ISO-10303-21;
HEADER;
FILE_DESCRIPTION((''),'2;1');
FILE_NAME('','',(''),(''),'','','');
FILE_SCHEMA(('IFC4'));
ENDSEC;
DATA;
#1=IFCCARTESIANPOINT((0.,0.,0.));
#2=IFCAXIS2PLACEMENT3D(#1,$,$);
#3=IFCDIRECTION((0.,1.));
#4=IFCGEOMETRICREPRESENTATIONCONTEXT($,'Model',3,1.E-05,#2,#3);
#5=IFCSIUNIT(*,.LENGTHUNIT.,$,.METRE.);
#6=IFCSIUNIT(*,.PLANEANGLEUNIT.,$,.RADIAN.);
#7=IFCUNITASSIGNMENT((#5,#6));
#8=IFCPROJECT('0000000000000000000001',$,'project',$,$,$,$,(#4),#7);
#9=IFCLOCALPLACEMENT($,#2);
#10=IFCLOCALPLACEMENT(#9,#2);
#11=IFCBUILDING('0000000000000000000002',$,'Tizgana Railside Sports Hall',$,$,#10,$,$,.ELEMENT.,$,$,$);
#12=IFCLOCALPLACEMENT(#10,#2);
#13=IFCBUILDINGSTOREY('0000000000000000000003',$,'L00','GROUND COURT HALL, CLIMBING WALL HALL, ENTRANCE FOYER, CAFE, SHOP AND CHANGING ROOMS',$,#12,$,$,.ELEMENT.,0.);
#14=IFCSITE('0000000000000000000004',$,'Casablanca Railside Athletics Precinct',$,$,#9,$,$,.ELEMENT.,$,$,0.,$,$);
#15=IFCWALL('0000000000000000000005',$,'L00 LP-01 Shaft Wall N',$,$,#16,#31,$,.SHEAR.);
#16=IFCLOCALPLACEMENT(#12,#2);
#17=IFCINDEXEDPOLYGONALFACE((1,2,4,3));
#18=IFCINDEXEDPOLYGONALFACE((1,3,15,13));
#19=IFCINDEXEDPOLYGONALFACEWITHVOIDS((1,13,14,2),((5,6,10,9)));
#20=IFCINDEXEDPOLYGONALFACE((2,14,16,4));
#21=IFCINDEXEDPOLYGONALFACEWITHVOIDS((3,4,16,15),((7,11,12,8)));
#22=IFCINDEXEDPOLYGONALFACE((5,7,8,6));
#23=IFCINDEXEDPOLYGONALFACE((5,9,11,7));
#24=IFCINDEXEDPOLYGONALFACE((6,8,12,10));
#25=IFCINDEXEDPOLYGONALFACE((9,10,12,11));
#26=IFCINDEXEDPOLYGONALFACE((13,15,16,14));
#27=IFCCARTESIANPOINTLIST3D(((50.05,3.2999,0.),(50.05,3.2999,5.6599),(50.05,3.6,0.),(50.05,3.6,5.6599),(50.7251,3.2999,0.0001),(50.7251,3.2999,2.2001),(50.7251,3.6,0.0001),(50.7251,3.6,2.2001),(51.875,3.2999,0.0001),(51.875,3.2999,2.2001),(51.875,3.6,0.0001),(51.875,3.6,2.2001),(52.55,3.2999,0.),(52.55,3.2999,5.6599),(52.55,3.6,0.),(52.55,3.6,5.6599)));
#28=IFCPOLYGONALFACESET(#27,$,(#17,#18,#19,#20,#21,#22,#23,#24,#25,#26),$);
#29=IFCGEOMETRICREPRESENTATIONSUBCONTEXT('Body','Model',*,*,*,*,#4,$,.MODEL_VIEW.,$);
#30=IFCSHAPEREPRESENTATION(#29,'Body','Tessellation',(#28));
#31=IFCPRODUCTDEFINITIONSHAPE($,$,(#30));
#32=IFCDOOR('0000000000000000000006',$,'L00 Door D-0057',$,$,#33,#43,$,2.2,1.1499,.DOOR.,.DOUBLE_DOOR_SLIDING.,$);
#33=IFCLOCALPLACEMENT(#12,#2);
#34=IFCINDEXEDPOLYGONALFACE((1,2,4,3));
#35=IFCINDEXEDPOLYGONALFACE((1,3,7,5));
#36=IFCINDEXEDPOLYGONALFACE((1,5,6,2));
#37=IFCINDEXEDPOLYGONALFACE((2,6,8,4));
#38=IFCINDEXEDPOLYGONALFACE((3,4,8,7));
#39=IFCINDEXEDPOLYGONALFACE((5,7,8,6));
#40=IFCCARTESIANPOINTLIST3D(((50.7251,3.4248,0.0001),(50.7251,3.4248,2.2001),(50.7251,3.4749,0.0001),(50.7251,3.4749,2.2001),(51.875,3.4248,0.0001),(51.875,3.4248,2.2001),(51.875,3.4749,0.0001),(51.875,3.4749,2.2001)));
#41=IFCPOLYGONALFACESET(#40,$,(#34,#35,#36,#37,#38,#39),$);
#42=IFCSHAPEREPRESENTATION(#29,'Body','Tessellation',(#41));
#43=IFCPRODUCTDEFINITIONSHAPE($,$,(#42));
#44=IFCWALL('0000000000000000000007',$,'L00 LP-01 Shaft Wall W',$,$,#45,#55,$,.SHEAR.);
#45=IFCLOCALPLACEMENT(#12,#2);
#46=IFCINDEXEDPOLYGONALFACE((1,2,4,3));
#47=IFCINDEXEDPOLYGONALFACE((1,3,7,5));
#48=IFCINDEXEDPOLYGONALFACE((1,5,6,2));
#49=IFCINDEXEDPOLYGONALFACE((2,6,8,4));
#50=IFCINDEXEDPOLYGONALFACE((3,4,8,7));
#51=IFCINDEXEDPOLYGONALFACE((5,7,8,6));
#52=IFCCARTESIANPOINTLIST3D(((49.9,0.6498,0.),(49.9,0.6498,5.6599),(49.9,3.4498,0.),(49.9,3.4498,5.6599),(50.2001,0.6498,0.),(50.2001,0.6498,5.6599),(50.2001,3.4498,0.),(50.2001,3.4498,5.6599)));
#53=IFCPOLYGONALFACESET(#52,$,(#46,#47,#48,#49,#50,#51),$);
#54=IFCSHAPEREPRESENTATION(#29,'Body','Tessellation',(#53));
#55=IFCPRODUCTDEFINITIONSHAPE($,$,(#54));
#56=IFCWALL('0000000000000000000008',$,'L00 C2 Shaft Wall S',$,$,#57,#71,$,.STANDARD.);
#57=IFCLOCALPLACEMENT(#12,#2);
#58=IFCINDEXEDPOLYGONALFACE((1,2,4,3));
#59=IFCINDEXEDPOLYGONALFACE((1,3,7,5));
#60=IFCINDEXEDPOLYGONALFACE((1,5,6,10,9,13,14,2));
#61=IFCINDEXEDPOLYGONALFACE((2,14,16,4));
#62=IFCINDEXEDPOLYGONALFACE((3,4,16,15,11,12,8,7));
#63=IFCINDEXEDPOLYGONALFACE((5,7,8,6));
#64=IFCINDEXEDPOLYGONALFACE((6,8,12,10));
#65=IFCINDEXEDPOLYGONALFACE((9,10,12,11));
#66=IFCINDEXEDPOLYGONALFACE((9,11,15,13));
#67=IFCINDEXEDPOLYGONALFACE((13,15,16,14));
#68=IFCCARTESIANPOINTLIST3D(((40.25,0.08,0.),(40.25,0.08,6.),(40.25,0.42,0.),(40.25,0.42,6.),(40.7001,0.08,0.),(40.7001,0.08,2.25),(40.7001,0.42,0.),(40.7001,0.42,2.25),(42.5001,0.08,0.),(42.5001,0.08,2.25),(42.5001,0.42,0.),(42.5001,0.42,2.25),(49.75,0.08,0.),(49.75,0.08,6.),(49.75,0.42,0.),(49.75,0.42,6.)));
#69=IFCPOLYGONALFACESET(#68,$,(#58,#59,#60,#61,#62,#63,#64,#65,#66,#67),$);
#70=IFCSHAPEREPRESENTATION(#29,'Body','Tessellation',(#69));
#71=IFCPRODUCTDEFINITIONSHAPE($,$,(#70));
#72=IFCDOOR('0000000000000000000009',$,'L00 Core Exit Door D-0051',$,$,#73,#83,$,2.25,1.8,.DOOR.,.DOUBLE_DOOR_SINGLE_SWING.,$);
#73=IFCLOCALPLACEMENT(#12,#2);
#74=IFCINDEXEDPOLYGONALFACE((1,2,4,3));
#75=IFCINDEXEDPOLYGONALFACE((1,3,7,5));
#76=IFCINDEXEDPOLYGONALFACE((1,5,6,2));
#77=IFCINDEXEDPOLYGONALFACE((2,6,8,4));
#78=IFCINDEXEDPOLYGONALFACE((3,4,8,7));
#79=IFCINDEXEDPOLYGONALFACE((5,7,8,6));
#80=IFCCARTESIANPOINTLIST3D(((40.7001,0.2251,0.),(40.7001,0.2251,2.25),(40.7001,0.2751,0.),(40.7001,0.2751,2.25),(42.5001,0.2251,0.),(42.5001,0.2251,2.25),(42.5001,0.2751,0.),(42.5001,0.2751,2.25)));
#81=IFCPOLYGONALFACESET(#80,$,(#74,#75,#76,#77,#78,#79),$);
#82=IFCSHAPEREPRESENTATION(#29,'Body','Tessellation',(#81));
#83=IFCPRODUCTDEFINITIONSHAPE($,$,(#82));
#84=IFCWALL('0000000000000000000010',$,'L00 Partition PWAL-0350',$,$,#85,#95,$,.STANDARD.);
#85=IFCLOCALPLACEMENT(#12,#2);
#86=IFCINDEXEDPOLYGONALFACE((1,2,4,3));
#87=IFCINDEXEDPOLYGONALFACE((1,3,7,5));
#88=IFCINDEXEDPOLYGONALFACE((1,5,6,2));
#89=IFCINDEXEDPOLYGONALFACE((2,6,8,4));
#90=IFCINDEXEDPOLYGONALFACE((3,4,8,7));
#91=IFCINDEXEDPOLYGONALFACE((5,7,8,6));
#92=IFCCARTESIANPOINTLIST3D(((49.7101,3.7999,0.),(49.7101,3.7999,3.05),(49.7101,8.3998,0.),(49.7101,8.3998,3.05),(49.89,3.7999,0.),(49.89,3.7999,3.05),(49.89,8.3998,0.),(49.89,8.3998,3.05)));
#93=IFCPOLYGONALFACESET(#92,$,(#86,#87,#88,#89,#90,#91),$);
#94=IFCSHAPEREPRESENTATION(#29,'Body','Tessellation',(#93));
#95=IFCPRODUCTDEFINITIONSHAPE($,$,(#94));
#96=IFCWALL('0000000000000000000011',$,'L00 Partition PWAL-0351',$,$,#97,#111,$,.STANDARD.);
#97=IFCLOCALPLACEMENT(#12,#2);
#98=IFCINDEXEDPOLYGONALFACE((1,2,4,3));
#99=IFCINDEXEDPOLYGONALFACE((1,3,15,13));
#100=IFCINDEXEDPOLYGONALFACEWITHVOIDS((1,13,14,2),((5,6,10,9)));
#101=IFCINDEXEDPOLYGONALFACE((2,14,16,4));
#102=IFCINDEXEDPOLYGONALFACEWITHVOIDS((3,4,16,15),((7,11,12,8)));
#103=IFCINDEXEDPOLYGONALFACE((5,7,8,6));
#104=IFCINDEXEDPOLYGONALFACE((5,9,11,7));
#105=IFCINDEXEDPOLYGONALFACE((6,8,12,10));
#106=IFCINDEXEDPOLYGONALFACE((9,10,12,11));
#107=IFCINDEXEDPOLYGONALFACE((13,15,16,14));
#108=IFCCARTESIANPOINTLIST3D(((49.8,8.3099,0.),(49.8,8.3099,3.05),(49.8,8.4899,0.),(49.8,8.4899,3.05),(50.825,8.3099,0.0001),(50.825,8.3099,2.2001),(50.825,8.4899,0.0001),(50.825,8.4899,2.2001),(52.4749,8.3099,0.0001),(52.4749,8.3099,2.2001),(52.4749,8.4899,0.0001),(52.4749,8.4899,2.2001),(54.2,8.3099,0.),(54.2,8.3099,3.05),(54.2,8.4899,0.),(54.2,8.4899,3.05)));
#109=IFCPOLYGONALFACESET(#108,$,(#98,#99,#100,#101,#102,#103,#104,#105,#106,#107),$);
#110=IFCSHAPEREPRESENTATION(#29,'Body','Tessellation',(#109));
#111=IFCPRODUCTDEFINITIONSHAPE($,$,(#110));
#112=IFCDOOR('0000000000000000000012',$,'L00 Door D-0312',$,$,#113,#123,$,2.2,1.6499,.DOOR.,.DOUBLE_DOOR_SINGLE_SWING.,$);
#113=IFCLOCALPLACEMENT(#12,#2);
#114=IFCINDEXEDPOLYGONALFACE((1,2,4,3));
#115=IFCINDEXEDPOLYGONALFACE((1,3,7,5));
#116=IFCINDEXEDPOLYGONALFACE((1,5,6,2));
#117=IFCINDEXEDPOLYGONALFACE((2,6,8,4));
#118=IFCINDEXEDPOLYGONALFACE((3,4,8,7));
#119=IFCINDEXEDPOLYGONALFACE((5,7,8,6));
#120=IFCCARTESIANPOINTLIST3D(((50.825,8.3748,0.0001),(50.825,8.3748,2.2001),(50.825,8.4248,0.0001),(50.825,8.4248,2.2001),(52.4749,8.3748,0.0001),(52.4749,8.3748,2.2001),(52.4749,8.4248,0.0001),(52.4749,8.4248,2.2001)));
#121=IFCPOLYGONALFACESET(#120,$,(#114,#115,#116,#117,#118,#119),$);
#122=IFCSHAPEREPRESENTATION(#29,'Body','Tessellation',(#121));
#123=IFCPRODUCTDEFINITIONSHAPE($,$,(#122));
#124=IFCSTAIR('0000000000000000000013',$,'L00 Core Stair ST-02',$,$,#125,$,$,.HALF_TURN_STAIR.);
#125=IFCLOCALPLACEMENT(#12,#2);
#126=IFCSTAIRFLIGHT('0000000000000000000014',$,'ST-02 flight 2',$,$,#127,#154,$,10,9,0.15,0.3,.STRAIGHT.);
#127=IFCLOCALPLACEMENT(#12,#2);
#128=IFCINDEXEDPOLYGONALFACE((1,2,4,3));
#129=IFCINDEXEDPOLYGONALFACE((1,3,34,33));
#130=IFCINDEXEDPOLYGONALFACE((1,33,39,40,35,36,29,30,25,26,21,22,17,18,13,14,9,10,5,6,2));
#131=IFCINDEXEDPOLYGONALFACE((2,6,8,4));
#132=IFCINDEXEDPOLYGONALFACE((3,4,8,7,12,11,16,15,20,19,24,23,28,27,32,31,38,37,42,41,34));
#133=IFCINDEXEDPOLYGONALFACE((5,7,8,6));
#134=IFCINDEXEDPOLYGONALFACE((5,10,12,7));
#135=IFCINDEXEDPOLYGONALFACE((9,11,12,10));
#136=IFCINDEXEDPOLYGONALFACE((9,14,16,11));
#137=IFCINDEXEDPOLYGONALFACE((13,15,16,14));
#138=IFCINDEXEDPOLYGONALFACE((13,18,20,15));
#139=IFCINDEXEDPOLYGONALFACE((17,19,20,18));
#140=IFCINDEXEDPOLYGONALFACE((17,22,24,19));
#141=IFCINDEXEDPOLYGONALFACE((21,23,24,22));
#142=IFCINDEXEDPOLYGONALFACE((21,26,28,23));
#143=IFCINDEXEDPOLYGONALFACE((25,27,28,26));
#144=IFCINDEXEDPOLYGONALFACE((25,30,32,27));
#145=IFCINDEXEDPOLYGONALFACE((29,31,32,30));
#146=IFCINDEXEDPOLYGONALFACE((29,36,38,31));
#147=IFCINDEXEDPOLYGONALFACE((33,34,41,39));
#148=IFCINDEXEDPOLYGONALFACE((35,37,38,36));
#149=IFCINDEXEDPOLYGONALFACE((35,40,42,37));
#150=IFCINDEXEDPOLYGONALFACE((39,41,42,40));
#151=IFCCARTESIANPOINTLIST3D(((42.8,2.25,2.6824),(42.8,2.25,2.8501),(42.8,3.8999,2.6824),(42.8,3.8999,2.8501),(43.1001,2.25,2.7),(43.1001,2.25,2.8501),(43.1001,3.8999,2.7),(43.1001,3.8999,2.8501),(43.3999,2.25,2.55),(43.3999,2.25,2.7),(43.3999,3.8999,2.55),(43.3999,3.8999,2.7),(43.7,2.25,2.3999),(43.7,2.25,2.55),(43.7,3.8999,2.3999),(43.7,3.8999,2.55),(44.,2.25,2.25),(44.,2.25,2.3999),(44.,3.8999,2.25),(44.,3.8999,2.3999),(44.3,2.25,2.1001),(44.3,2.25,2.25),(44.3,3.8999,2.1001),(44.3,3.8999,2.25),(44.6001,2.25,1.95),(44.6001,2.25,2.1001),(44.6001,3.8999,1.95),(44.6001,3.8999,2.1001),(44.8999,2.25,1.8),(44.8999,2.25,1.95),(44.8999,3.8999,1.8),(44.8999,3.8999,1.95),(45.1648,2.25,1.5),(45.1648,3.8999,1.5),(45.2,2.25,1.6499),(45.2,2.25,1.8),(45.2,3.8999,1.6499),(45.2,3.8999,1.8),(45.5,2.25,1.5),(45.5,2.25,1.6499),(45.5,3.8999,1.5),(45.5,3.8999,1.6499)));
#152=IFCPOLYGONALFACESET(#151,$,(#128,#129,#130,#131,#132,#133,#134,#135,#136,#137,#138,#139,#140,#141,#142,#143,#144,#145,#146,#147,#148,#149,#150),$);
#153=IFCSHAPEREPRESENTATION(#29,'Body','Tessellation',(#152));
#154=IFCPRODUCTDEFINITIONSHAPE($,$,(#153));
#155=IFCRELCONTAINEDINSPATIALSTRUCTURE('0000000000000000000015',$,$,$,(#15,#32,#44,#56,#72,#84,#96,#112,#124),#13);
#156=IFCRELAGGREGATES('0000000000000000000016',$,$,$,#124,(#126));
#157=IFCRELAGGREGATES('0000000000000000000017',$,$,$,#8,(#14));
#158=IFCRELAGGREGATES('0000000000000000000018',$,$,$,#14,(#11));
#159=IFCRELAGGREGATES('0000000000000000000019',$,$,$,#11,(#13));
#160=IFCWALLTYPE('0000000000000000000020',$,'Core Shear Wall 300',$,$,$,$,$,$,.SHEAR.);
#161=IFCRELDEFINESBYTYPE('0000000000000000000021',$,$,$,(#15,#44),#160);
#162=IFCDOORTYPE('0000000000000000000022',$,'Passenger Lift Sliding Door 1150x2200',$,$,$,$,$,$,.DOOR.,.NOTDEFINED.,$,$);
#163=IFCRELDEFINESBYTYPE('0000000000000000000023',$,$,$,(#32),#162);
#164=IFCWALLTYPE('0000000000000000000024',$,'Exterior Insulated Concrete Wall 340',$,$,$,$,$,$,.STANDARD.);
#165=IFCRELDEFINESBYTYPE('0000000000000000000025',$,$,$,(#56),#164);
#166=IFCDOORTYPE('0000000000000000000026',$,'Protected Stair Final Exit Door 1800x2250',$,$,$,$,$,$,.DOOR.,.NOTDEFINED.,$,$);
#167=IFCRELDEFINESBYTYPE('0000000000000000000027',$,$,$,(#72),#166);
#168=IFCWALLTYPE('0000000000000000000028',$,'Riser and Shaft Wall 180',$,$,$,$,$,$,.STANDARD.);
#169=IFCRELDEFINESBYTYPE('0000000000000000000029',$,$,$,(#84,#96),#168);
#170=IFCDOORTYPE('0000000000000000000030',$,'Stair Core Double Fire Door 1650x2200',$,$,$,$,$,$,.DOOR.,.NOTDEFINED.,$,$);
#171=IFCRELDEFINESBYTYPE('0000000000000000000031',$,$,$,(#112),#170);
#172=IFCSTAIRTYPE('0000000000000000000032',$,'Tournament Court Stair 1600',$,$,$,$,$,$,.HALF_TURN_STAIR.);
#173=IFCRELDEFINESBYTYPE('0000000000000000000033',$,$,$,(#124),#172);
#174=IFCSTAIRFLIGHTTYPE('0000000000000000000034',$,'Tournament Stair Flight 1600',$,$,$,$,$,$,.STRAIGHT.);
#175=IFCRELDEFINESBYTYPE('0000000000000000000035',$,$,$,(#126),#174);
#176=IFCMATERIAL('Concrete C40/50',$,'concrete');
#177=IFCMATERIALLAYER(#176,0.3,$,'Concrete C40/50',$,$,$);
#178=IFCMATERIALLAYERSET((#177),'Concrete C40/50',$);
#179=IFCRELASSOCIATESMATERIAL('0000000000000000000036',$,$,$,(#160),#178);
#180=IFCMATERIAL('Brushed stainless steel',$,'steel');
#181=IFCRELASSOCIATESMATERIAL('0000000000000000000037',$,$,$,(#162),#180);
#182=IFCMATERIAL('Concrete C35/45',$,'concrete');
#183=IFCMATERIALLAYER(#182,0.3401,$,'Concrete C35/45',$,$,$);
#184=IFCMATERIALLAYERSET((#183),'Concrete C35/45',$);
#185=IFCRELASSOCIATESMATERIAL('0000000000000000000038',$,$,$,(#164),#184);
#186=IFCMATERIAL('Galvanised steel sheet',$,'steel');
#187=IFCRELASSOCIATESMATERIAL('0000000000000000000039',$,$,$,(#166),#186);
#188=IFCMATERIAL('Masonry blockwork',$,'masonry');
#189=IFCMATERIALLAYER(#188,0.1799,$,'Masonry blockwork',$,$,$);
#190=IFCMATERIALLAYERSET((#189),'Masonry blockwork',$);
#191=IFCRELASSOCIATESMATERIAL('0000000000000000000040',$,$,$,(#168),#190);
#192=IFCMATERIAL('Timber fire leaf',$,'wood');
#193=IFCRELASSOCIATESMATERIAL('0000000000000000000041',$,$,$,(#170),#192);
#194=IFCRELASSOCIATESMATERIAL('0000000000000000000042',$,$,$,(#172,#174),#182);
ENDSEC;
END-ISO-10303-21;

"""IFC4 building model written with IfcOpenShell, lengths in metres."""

from ifc_helpers import new_model, si_unit, direction, frame, frame_2d, origin, place, context, subcontext, project, spatial, polyline, rectangle, outline, extrude, material, layer, layer_set, type_object, element, fill, aggregate, save


model = new_model("IFC4")

# Units and contexts
model_context = context("Model", 3, precision=1e-05, world=origin(), true_north=direction((0.0, 1.0)))
body_context = subcontext(model_context, "Body", "Model", "MODEL_VIEW")
ifc_project = project(units=[si_unit("LENGTHUNIT", "METRE"), si_unit("PLANEANGLEUNIT", "RADIAN")], contexts=[model_context])

# Site, building, storey
site_placement = place(None, origin())
site = spatial("IfcSite", under=ifc_project, at=site_placement, Name="Casablanca Railside Athletics Precinct", CompositionType="ELEMENT", RefElevation=0.0)
building_placement = place(site_placement, origin())
building = spatial("IfcBuilding", under=site, at=building_placement, Name="Tizgana Railside Sports Hall", CompositionType="ELEMENT")
storey_placement = place(building_placement, origin())
storey = spatial("IfcBuildingStorey", under=building, at=storey_placement, Name="L00", Description="GROUND COURT HALL, CLIMBING WALL HALL, ENTRANCE FOYER, CAFE, SHOP AND CHANGING ROOMS", CompositionType="ELEMENT", Elevation=0.0)

# Shared definitions
ifc_material_1 = material(Name="Concrete C40/50", Category="concrete")

# Shared definitions
ifc_material_2 = material(Name="Concrete C35/45", Category="concrete")

# Shared definitions
ifc_layer_1 = layer(ifc_material_1, 0.3, Name="Concrete C40/50")
ifc_layer_set_1 = layer_set([ifc_layer_1], Name="Concrete C40/50")
wall_type_1 = type_object("IfcWallType", Name="Core Shear Wall 300", PredefinedType="SHEAR", material=ifc_layer_set_1)

# Wall, opening, door
wall_1_placement = place(storey_placement, frame((50.05, 3.45, 0.0), z_axis=(0.0, 0.0, 1.0), x_axis=(1.0, 0.0, 0.0)))
wall_1 = element("IfcWall", 1, at=wall_1_placement, inside=storey, type_object=wall_type_1, Name="L00 LP-01 Shaft Wall N", PredefinedType="SHEAR", context=body_context, shape_type="SweptSolid", body=[
    extrude(rectangle(XDim=2.5, YDim=0.3, at=frame_2d((1.25, 0.0))), origin(), (0.0, 0.0, 1.0), 5.6599),
])
opening_1_placement = place(wall_1_placement, frame((0.675, 0.0, 0.0)))
opening_1 = element("IfcOpeningElement", 2, at=opening_1_placement, cuts=wall_1, PredefinedType="OPENING", context=body_context, shape_type="SweptSolid", body=[
    extrude(rectangle(XDim=1.1499, YDim=2.2, at=frame_2d((0.575, 1.1001))), frame((0.0, 0.1599, 0.0), z_axis=(0.0, -1.0, 0.0), x_axis=(1.0, 0.0, 0.0)), (0.0, 0.0, 1.0), 0.3201),
])
ifc_material_3 = material(Name="Brushed stainless steel", Category="steel")
door_type_1 = type_object("IfcDoorType", Name="Passenger Lift Sliding Door 1150x2200", OperationType="NOTDEFINED", PredefinedType="DOOR", material=ifc_material_3)
door_1_placement = place(opening_1_placement, origin())
door_1 = element("IfcDoor", 3, at=door_1_placement, inside=storey, type_object=door_type_1, Name="L00 Door D-0057", OperationType="DOUBLE_DOOR_SLIDING", OverallHeight=2.2, OverallWidth=1.1499, PredefinedType="DOOR", context=body_context, shape_type="SweptSolid", body=[
    extrude(rectangle(XDim=1.1499, YDim=2.2, at=frame_2d((0.575, 1.1001))), frame((0.0, 0.0249, 0.0), z_axis=(0.0, -1.0, 0.0), x_axis=(1.0, 0.0, 0.0)), (0.0, 0.0, 1.0), 0.05),
])
fill(opening_1, door_1)

# Wall
wall_2_placement = place(storey_placement, frame((50.05, 0.6499, 0.0), z_axis=(0.0, 0.0, 1.0), x_axis=(0.0, 1.0, 0.0)))
element("IfcWall", 4, at=wall_2_placement, inside=storey, type_object=wall_type_1, Name="L00 LP-01 Shaft Wall W", PredefinedType="SHEAR", context=body_context, shape_type="SweptSolid", body=[
    extrude(rectangle(XDim=2.8, YDim=0.3, at=frame_2d((1.3999, 0.0))), origin(), (0.0, 0.0, 1.0), 5.6599),
])

# Wall, opening, door
ifc_layer_2 = layer(ifc_material_2, 0.3401, Name="Concrete C35/45")
ifc_layer_set_2 = layer_set([ifc_layer_2], Name="Concrete C35/45")
wall_type_2 = type_object("IfcWallType", Name="Exterior Insulated Concrete Wall 340", PredefinedType="STANDARD", material=ifc_layer_set_2)
wall_3_placement = place(storey_placement, frame((49.75, 0.25, 0.0), z_axis=(0.0, 0.0, 1.0), x_axis=(-1.0, 0.0, 0.0)))
wall_3 = element("IfcWall", 5, at=wall_3_placement, inside=storey, type_object=wall_type_2, Name="L00 C2 Shaft Wall S", PredefinedType="STANDARD", context=body_context, shape_type="SweptSolid", body=[
    extrude(rectangle(XDim=9.5, YDim=0.3401, at=frame_2d((4.75, 0.0))), origin(), (0.0, 0.0, 1.0), 6.0),
])
opening_2_placement = place(wall_3_placement, frame((7.25, 0.0, 0.0)))
opening_2 = element("IfcOpeningElement", 6, at=opening_2_placement, cuts=wall_3, PredefinedType="OPENING", context=body_context, shape_type="SweptSolid", body=[
    extrude(rectangle(XDim=1.8, YDim=2.25, at=frame_2d((0.8999, 1.125))), frame((0.0, 0.1799, 0.0), z_axis=(0.0, -1.0, 0.0), x_axis=(1.0, 0.0, 0.0)), (0.0, 0.0, 1.0), 0.3601),
])
ifc_material_4 = material(Name="Galvanised steel sheet", Category="steel")
door_type_2 = type_object("IfcDoorType", Name="Protected Stair Final Exit Door 1800x2250", OperationType="NOTDEFINED", PredefinedType="DOOR", material=ifc_material_4)
door_2_placement = place(opening_2_placement, origin())
door_2 = element("IfcDoor", 7, at=door_2_placement, inside=storey, type_object=door_type_2, Name="L00 Core Exit Door D-0051", OperationType="DOUBLE_DOOR_SINGLE_SWING", OverallHeight=2.25, OverallWidth=1.8, PredefinedType="DOOR", context=body_context, shape_type="SweptSolid", body=[
    extrude(rectangle(XDim=1.8, YDim=2.25, at=frame_2d((0.8999, 1.125))), frame((0.0, 0.0249, 0.0), z_axis=(0.0, -1.0, 0.0), x_axis=(1.0, 0.0, 0.0)), (0.0, 0.0, 1.0), 0.05),
])
fill(opening_2, door_2)

# Wall
ifc_material_5 = material(Name="Masonry blockwork", Category="masonry")
ifc_layer_3 = layer(ifc_material_5, 0.1799, Name="Masonry blockwork")
ifc_layer_set_3 = layer_set([ifc_layer_3], Name="Masonry blockwork")
wall_type_3 = type_object("IfcWallType", Name="Riser and Shaft Wall 180", PredefinedType="STANDARD", material=ifc_layer_set_3)
wall_4_placement = place(storey_placement, frame((49.8, 3.8, 0.0), z_axis=(0.0, 0.0, 1.0), x_axis=(0.0, 1.0, 0.0)))
element("IfcWall", 8, at=wall_4_placement, inside=storey, type_object=wall_type_3, Name="L00 Partition PWAL-0350", PredefinedType="STANDARD", context=body_context, shape_type="SweptSolid", body=[
    extrude(rectangle(XDim=4.5999, YDim=0.1799, at=frame_2d((2.2998, 0.0))), origin(), (0.0, 0.0, 1.0), 3.05),
])

# Wall, opening, door
wall_5_placement = place(storey_placement, frame((49.8, 8.3999, 0.0), z_axis=(0.0, 0.0, 1.0), x_axis=(1.0, 0.0, 0.0)))
wall_5 = element("IfcWall", 9, at=wall_5_placement, inside=storey, type_object=wall_type_3, Name="L00 Partition PWAL-0351", PredefinedType="STANDARD", context=body_context, shape_type="SweptSolid", body=[
    extrude(rectangle(XDim=4.3999, YDim=0.1799, at=frame_2d((2.2, 0.0))), origin(), (0.0, 0.0, 1.0), 3.05),
])
opening_3_placement = place(wall_5_placement, frame((1.0249, 0.0, 0.0)))
opening_3 = element("IfcOpeningElement", 10, at=opening_3_placement, cuts=wall_5, PredefinedType="OPENING", context=body_context, shape_type="SweptSolid", body=[
    extrude(rectangle(XDim=1.6499, YDim=2.2, at=frame_2d((0.825, 1.1001))), frame((0.0, 0.0999, 0.0), z_axis=(0.0, -1.0, 0.0), x_axis=(1.0, 0.0, 0.0)), (0.0, 0.0, 1.0), 0.2),
])
ifc_material_6 = material(Name="Timber fire leaf", Category="wood")
door_type_3 = type_object("IfcDoorType", Name="Stair Core Double Fire Door 1650x2200", OperationType="NOTDEFINED", PredefinedType="DOOR", material=ifc_material_6)
door_3_placement = place(opening_3_placement, origin())
door_3 = element("IfcDoor", 11, at=door_3_placement, inside=storey, type_object=door_type_3, Name="L00 Door D-0312", OperationType="DOUBLE_DOOR_SINGLE_SWING", OverallHeight=2.2, OverallWidth=1.6499, PredefinedType="DOOR", context=body_context, shape_type="SweptSolid", body=[
    extrude(rectangle(XDim=1.6499, YDim=2.2, at=frame_2d((0.825, 1.1001))), frame((0.0, 0.0249, 0.0), z_axis=(0.0, -1.0, 0.0), x_axis=(1.0, 0.0, 0.0)), (0.0, 0.0, 1.0), 0.05),
])
fill(opening_3, door_3)

# Stair, stair flight
stair_type = type_object("IfcStairType", Name="Tournament Court Stair 1600", PredefinedType="HALF_TURN_STAIR", material=ifc_material_2)
stair_placement = place(storey_placement, origin())
stair = element("IfcStair", 12, at=stair_placement, inside=storey, type_object=stair_type, Name="L00 Core Stair ST-02", PredefinedType="HALF_TURN_STAIR")
stair_flight_type = type_object("IfcStairFlightType", Name="Tournament Stair Flight 1600", PredefinedType="STRAIGHT", material=ifc_material_2)
stair_flight_1_placement = place(storey_placement, frame((45.5, 3.075, 1.5), z_axis=(0.0, 0.0, 1.0), x_axis=(-1.0, 0.0, 0.0)))
stair_flight_1 = element("IfcStairFlight", 13, at=stair_flight_1_placement, type_object=stair_flight_type, Name="ST-02 flight 2", NumberOfRisers=10, NumberOfTreads=9, PredefinedType="STRAIGHT", RiserHeight=0.15, TreadLength=0.3, context=body_context, shape_type="SweptSolid", body=[
    extrude(outline(polyline([(0.0, 0.0), (0.0, 0.1499), (0.3, 0.1499), (0.3, 0.3), (0.6001, 0.3), (0.6001, 0.45), (0.8999, 0.45), (0.8999, 0.6001), (1.2, 0.6001), (1.2, 0.75), (1.5, 0.75), (1.5, 0.8999), (1.8, 0.8999), (1.8, 1.05), (2.1001, 1.05), (2.1001, 1.2), (2.3999, 1.2), (2.3999, 1.3501), (2.7, 1.3501), (2.7, 1.5), (2.7, 1.1824), (0.3352, 0.0), (0.0, 0.0)])), frame((0.0, 0.825, 0.0), z_axis=(0.0, -1.0, 0.0), x_axis=(1.0, 0.0, 0.0)), (0.0, 0.0, 1.0), 1.6499),
])
aggregate(stair, [stair_flight_1])

save(model, "model.ifc")
